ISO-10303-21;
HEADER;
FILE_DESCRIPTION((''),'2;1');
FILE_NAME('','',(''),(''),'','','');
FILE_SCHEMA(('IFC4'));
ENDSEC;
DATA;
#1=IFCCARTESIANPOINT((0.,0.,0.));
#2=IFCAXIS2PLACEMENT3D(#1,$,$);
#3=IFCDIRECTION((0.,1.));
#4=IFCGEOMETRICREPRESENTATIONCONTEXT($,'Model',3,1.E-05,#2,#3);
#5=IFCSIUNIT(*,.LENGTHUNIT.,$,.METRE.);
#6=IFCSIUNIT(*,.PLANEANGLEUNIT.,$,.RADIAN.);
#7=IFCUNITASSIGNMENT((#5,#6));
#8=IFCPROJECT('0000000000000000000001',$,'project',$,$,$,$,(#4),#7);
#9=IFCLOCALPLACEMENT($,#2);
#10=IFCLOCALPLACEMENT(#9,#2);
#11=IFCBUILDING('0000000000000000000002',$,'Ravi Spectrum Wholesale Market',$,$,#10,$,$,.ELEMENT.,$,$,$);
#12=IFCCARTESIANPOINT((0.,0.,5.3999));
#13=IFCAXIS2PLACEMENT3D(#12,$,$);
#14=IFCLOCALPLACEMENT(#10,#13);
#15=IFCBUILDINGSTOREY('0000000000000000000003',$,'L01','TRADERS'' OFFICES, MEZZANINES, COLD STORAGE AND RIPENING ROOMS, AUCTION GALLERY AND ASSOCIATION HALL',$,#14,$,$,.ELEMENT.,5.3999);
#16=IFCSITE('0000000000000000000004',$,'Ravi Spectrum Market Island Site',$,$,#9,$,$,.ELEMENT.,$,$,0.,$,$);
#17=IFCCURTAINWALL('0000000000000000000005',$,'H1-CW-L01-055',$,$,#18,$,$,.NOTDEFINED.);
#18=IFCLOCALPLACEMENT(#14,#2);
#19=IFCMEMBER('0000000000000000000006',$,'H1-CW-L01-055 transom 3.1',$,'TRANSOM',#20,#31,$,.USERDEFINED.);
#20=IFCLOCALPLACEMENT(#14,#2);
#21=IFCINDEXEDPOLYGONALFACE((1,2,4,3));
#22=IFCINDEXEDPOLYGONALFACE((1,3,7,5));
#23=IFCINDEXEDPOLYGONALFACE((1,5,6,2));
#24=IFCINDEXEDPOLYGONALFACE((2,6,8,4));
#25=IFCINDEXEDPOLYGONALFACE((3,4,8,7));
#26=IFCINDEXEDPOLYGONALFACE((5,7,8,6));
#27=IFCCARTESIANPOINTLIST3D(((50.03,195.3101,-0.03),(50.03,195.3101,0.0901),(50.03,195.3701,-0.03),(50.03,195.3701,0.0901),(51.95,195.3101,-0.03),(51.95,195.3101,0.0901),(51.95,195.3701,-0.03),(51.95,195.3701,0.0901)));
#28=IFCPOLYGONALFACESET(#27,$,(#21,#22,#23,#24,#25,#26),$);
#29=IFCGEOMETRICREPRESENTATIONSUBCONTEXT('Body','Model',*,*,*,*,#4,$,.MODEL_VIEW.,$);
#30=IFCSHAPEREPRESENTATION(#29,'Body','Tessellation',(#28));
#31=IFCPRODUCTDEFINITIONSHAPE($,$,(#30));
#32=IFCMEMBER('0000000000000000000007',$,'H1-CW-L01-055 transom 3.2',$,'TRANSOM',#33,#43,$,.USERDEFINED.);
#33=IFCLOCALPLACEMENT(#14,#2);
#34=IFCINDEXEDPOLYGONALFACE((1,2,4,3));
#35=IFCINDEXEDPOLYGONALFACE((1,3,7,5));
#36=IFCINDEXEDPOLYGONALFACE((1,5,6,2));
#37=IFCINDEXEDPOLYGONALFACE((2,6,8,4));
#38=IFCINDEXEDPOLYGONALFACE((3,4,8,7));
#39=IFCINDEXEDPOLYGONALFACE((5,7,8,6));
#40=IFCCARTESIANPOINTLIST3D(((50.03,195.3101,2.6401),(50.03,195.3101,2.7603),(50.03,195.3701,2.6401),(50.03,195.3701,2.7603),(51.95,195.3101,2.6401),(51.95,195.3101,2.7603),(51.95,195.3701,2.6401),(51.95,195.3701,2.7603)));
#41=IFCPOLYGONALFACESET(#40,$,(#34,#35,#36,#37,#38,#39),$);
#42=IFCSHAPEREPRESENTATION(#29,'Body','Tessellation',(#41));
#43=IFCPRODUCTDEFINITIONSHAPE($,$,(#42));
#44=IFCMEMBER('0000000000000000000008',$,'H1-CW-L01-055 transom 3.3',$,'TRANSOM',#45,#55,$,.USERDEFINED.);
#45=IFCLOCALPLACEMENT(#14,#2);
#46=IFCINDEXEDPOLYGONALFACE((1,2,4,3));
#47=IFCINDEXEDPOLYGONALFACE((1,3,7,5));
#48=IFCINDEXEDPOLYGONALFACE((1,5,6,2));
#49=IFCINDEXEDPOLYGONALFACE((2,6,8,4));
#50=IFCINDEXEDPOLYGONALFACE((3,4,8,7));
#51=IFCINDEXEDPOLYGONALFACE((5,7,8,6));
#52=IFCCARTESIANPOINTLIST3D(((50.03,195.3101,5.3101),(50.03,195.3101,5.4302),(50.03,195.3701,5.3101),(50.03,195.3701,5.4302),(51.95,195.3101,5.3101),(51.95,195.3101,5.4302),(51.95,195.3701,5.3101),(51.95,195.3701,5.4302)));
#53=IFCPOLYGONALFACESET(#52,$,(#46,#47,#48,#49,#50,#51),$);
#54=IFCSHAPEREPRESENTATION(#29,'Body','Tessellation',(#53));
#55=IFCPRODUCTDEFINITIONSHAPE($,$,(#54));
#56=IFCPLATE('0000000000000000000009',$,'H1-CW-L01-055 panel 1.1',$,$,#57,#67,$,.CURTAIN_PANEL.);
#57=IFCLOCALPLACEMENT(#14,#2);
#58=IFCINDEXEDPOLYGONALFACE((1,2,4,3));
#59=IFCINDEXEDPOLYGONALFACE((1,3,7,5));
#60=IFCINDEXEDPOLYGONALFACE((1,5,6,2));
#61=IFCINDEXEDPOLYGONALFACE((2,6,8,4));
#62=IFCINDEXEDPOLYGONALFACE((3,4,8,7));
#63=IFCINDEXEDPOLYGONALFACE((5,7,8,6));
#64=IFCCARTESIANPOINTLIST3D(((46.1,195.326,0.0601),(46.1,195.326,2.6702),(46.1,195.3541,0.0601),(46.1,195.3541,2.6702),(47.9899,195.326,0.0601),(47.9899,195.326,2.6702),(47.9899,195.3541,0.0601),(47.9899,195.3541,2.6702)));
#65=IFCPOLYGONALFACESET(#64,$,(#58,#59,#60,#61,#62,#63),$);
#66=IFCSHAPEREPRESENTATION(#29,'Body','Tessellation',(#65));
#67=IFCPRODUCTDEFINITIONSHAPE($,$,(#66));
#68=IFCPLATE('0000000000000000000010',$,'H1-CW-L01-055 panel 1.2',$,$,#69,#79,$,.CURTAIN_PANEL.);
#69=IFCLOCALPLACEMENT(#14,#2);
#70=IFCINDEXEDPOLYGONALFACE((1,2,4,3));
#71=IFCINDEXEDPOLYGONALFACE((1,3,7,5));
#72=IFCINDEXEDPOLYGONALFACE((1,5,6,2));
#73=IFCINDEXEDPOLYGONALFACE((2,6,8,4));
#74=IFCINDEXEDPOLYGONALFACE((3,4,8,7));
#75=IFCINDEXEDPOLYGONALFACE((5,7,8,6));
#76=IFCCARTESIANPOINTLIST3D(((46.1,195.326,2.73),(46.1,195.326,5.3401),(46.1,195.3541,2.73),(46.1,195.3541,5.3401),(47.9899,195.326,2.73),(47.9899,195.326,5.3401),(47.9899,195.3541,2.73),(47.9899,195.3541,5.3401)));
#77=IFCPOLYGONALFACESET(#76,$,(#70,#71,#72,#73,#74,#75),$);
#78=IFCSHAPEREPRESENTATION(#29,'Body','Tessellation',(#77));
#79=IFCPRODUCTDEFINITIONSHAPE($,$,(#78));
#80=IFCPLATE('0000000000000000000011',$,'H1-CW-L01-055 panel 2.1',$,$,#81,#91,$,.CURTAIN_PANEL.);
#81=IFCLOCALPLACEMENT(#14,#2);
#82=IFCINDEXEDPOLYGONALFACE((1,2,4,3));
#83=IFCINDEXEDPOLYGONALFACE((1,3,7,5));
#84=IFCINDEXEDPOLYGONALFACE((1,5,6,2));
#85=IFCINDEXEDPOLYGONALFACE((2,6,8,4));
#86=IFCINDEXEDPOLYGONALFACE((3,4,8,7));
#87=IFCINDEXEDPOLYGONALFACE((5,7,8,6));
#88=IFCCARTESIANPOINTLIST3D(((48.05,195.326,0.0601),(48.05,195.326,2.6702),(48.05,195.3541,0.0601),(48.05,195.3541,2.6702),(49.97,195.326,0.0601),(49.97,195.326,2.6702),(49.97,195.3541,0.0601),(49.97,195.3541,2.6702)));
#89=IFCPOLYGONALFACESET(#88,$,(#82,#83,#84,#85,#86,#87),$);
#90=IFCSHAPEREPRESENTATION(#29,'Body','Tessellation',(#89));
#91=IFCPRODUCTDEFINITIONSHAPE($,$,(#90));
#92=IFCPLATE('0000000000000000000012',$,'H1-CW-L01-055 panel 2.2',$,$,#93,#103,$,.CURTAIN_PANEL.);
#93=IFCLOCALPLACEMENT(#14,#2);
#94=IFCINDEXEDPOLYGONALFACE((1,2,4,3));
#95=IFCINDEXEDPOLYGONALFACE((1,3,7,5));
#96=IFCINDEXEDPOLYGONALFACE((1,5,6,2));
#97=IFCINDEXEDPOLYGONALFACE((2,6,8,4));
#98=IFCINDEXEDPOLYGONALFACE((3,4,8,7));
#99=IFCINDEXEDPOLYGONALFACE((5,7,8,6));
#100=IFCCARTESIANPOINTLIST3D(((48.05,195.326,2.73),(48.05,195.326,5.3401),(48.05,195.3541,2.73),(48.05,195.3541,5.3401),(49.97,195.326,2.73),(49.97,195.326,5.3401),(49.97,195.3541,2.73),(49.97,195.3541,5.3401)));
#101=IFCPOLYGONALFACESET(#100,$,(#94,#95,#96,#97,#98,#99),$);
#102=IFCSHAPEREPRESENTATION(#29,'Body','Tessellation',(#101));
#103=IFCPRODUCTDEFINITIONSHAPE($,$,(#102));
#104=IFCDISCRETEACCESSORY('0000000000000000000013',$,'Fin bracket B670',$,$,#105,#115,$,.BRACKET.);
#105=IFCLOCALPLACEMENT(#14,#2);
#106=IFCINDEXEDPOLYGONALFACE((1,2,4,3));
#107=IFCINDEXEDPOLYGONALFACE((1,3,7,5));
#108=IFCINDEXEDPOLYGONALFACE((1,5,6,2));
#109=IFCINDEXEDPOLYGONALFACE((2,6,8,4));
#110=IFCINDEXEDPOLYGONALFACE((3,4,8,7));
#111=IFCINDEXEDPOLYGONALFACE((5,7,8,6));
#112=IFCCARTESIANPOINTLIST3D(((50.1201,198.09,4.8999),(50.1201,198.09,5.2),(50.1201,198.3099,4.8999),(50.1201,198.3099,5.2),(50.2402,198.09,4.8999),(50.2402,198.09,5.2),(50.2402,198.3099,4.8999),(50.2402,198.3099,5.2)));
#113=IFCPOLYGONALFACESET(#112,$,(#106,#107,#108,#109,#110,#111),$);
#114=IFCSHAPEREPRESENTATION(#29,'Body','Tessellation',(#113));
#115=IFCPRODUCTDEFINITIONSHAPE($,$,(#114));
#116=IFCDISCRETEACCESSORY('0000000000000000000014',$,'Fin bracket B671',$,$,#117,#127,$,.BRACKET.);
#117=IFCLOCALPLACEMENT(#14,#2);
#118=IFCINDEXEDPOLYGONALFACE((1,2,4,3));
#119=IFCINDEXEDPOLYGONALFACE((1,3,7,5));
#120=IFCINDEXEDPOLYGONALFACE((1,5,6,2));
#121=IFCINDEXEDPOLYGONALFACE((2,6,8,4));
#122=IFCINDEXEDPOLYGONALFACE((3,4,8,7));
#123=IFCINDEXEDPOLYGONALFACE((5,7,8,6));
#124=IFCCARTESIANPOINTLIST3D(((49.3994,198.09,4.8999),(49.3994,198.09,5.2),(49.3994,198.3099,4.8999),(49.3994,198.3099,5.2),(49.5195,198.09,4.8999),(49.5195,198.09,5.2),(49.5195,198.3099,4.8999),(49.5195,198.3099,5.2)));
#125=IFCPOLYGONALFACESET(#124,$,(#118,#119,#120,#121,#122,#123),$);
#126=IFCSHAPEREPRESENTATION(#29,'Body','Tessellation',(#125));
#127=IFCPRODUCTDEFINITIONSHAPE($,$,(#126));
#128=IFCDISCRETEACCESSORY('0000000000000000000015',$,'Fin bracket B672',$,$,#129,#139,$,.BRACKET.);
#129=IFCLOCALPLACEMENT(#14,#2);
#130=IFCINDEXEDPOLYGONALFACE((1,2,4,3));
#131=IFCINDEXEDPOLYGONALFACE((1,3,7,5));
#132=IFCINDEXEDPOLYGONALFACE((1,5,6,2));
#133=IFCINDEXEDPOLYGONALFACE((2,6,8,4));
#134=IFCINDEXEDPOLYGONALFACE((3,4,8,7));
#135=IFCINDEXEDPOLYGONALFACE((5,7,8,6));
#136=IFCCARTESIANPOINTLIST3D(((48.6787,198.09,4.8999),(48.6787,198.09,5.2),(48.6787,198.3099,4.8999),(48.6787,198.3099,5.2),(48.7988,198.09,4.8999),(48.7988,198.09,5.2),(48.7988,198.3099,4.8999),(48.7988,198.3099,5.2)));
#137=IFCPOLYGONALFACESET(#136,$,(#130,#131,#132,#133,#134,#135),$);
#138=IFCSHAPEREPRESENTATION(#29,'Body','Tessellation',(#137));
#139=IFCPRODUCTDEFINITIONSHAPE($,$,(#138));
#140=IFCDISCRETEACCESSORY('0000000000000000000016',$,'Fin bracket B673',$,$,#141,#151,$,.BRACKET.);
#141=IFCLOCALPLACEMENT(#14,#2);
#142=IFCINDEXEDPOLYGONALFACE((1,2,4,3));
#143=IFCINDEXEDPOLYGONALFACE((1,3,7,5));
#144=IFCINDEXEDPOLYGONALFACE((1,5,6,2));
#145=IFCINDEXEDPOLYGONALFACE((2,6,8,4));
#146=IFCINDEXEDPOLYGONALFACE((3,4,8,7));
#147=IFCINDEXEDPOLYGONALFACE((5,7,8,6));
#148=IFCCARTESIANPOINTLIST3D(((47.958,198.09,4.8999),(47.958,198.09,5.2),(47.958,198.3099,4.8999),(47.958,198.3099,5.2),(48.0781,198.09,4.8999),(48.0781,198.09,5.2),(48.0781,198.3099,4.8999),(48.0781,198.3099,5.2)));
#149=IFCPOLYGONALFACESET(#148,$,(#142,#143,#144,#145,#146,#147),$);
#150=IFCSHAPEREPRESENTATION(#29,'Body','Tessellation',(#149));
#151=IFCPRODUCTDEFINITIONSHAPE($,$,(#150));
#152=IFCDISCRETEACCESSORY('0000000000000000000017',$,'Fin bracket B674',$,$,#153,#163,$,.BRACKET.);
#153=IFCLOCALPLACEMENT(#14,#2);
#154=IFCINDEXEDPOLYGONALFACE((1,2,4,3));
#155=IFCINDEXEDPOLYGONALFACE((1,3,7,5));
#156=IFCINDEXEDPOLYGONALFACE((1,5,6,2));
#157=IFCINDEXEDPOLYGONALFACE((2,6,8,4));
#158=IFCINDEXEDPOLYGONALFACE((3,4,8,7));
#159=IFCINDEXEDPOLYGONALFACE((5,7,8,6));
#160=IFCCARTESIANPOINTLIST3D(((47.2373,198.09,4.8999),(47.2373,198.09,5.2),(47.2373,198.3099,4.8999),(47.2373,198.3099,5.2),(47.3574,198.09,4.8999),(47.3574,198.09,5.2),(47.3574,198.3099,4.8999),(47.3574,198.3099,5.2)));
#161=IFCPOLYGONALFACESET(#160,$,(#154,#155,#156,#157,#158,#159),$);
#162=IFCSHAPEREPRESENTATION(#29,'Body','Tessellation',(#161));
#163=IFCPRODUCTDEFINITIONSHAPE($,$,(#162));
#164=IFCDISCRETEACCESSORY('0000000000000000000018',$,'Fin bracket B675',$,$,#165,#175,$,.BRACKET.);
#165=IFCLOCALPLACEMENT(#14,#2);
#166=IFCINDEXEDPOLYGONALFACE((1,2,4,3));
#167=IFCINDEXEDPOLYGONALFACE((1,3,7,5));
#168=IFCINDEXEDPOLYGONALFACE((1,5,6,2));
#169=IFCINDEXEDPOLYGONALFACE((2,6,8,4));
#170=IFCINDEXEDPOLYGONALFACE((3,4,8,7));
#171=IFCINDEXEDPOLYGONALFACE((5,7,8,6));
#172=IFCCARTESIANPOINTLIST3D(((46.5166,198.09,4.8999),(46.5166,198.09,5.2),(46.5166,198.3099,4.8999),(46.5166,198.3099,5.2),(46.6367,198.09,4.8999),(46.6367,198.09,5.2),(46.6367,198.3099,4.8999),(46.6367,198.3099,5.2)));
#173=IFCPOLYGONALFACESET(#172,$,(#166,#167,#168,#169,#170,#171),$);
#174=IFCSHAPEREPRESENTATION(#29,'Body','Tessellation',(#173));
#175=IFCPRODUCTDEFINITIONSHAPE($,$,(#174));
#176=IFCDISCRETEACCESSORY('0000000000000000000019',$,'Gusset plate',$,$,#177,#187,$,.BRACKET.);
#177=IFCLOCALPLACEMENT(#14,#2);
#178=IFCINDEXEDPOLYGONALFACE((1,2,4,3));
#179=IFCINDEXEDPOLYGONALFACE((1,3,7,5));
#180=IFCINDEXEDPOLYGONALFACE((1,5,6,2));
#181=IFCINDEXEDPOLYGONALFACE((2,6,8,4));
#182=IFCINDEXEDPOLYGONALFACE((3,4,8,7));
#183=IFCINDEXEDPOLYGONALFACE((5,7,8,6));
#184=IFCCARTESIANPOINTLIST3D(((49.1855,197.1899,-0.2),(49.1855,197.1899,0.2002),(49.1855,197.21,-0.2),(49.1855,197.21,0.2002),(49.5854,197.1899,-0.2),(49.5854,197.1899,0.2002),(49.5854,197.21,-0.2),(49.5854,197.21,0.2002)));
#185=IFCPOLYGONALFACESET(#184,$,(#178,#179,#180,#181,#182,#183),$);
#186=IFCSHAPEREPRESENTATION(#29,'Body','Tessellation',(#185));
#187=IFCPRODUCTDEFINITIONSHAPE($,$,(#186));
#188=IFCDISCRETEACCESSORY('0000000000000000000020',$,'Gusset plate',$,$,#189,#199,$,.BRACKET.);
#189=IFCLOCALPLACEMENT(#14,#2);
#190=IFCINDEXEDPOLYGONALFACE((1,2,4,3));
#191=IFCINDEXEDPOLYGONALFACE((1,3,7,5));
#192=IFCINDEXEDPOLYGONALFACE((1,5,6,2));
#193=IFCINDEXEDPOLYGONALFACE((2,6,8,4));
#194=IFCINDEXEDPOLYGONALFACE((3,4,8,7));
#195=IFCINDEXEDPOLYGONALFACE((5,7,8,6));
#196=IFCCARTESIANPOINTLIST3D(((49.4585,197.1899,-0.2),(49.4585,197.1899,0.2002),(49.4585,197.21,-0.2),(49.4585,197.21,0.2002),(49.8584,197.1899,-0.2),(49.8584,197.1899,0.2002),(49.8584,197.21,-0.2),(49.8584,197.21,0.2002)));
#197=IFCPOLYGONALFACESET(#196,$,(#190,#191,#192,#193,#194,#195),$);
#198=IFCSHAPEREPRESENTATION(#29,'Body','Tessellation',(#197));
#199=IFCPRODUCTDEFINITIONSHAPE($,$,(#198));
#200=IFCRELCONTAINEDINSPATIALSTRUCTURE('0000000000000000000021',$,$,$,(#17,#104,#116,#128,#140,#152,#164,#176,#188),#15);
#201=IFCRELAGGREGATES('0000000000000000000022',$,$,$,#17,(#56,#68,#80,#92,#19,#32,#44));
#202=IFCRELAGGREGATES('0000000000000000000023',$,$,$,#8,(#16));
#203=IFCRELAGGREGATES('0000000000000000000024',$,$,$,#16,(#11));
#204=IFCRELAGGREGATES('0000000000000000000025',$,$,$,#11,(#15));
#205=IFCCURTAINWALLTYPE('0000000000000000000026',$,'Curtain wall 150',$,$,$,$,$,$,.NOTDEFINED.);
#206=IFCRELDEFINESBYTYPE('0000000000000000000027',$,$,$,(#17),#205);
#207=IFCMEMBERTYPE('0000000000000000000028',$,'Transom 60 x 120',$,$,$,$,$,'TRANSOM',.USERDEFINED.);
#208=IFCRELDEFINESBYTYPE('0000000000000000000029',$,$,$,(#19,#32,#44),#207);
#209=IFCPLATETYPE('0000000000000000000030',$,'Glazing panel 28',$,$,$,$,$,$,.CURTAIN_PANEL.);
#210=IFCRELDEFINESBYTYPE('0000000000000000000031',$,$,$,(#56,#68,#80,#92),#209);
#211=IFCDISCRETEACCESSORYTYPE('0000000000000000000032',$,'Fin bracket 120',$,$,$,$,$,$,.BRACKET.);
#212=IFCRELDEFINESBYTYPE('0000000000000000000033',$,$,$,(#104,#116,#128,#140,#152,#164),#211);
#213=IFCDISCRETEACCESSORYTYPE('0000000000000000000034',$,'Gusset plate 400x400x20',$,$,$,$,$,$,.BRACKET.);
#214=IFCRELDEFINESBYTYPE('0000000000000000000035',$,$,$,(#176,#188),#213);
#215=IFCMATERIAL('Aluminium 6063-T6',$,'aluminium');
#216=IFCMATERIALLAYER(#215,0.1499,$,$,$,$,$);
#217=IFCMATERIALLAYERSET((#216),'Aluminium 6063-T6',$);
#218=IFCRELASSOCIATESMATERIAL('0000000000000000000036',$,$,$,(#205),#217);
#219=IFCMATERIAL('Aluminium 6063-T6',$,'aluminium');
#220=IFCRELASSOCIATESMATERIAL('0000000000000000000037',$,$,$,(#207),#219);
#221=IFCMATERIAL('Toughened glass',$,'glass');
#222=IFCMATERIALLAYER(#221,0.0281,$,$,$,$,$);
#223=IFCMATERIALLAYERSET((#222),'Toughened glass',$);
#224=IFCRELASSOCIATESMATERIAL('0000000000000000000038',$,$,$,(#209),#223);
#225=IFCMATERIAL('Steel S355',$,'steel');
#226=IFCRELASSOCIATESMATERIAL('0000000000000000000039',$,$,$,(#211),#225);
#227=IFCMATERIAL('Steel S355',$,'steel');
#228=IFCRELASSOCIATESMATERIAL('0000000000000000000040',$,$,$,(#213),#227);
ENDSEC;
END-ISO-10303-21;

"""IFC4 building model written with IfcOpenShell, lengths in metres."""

from ifc_helpers import new_model, si_unit, direction, frame, origin, origin_2d, place, context, subcontext, project, spatial, rectangle, extrude, material, layer, layer_set, material_profile, profile_set, type_object, element, aggregate, save


model = new_model("IFC4")

# Units and contexts
model_context = context("Model", 3, precision=1e-05, world=origin(), true_north=direction((0.0, 1.0)))
body_context = subcontext(model_context, "Body", "Model", "MODEL_VIEW")
ifc_project = project(units=[si_unit("LENGTHUNIT", "METRE"), si_unit("PLANEANGLEUNIT", "RADIAN")], contexts=[model_context])

# Site, building, storey
site_placement = place(None, origin())
site = spatial("IfcSite", under=ifc_project, at=site_placement, Name="Ravi Spectrum Market Island Site", CompositionType="ELEMENT", RefElevation=0.0)
building_placement = place(site_placement, origin())
building = spatial("IfcBuilding", under=site, at=building_placement, Name="Ravi Spectrum Wholesale Market", CompositionType="ELEMENT")
storey_placement = place(building_placement, frame((0.0, 0.0, 5.3999)))
storey = spatial("IfcBuildingStorey", under=building, at=storey_placement, Name="L01", Description="TRADERS' OFFICES, MEZZANINES, COLD STORAGE AND RIPENING ROOMS, AUCTION GALLERY AND ASSOCIATION HALL", CompositionType="ELEMENT", Elevation=5.3999)

# Curtain wall
ifc_material_1 = material(Name="Aluminium 6063-T6", Category="aluminium")
ifc_layer_1 = layer(ifc_material_1, 0.1499)
ifc_layer_set_1 = layer_set([ifc_layer_1], Name="Aluminium 6063-T6")
curtain_wall_type = type_object("IfcCurtainWallType", Name="Curtain wall 150", PredefinedType="NOTDEFINED", material=ifc_layer_set_1)
curtain_wall_placement = place(storey_placement, origin())
curtain_wall = element("IfcCurtainWall", 1, at=curtain_wall_placement, inside=storey, type_object=curtain_wall_type, Name="H1-CW-L01-055", PredefinedType="NOTDEFINED")

# Members
ifc_material_2 = material(Name="Aluminium 6063-T6", Category="aluminium")
ifc_material_profile_1 = material_profile(ifc_material_2, rectangle(XDim=0.0601, YDim=0.1201, at=origin_2d()))
ifc_profile_set_1 = profile_set([ifc_material_profile_1], Name="Aluminium 6063-T6")
member_type_1 = type_object("IfcMemberType", Name="Transom 60 x 120", ElementType="TRANSOM", PredefinedType="USERDEFINED", material=ifc_profile_set_1)
member_1_placement = place(storey_placement, frame((50.03, 195.3401, 0.03), z_axis=(1.0, 0.0, 0.0), x_axis=(0.0, 1.0, 0.0)))
member_1 = element("IfcMember", 2, at=member_1_placement, type_object=member_type_1, Name="H1-CW-L01-055 transom 3.1", ObjectType="TRANSOM", PredefinedType="USERDEFINED", context=body_context, shape_type="SweptSolid", body=[
    extrude(rectangle(XDim=0.0601, YDim=0.1201, at=origin_2d()), origin(), (0.0, 0.0, 1.0), 1.9199),
])
member_2_placement = place(storey_placement, frame((50.03, 195.3401, 2.7002), z_axis=(1.0, 0.0, 0.0), x_axis=(0.0, 1.0, 0.0)))
member_2 = element("IfcMember", 3, at=member_2_placement, type_object=member_type_1, Name="H1-CW-L01-055 transom 3.2", ObjectType="TRANSOM", PredefinedType="USERDEFINED", context=body_context, shape_type="SweptSolid", body=[
    extrude(rectangle(XDim=0.0601, YDim=0.1201, at=origin_2d()), origin(), (0.0, 0.0, 1.0), 1.9199),
])
member_3_placement = place(storey_placement, frame((50.03, 195.3401, 5.3701), z_axis=(1.0, 0.0, 0.0), x_axis=(0.0, 1.0, 0.0)))
member_3 = element("IfcMember", 4, at=member_3_placement, type_object=member_type_1, Name="H1-CW-L01-055 transom 3.3", ObjectType="TRANSOM", PredefinedType="USERDEFINED", context=body_context, shape_type="SweptSolid", body=[
    extrude(rectangle(XDim=0.0601, YDim=0.1201, at=origin_2d()), origin(), (0.0, 0.0, 1.0), 1.9199),
])

# Plates
ifc_material_3 = material(Name="Toughened glass", Category="glass")
ifc_layer_2 = layer(ifc_material_3, 0.0281)
ifc_layer_set_2 = layer_set([ifc_layer_2], Name="Toughened glass")
plate_type = type_object("IfcPlateType", Name="Glazing panel 28", PredefinedType="CURTAIN_PANEL", material=ifc_layer_set_2)
plate_1_placement = place(storey_placement, frame((47.0449, 195.3401, 0.0601), z_axis=(0.0, 0.0, 1.0), x_axis=(1.0, 0.0, 0.0)))
plate_1 = element("IfcPlate", 5, at=plate_1_placement, type_object=plate_type, Name="H1-CW-L01-055 panel 1.1", PredefinedType="CURTAIN_PANEL", context=body_context, shape_type="SweptSolid", body=[
    extrude(rectangle(XDim=1.8899, YDim=0.0281, at=origin_2d()), origin(), (0.0, 0.0, 1.0), 2.6101),
])
plate_2_placement = place(storey_placement, frame((47.0449, 195.3401, 2.73), z_axis=(0.0, 0.0, 1.0), x_axis=(1.0, 0.0, 0.0)))
plate_2 = element("IfcPlate", 6, at=plate_2_placement, type_object=plate_type, Name="H1-CW-L01-055 panel 1.2", PredefinedType="CURTAIN_PANEL", context=body_context, shape_type="SweptSolid", body=[
    extrude(rectangle(XDim=1.8899, YDim=0.0281, at=origin_2d()), origin(), (0.0, 0.0, 1.0), 2.6101),
])
plate_3_placement = place(storey_placement, frame((49.01, 195.3401, 0.0601), z_axis=(0.0, 0.0, 1.0), x_axis=(1.0, 0.0, 0.0)))
plate_3 = element("IfcPlate", 7, at=plate_3_placement, type_object=plate_type, Name="H1-CW-L01-055 panel 2.1", PredefinedType="CURTAIN_PANEL", context=body_context, shape_type="SweptSolid", body=[
    extrude(rectangle(XDim=1.9199, YDim=0.0281, at=origin_2d()), origin(), (0.0, 0.0, 1.0), 2.6101),
])
plate_4_placement = place(storey_placement, frame((49.01, 195.3401, 2.73), z_axis=(0.0, 0.0, 1.0), x_axis=(1.0, 0.0, 0.0)))
plate_4 = element("IfcPlate", 8, at=plate_4_placement, type_object=plate_type, Name="H1-CW-L01-055 panel 2.2", PredefinedType="CURTAIN_PANEL", context=body_context, shape_type="SweptSolid", body=[
    extrude(rectangle(XDim=1.9199, YDim=0.0281, at=origin_2d()), origin(), (0.0, 0.0, 1.0), 2.6101),
])
aggregate(curtain_wall, [plate_1, plate_2, plate_3, plate_4, member_1, member_2, member_3])

# Discrete accessories
ifc_material_4 = material(Name="Steel S355", Category="steel")
discrete_accessory_type_1 = type_object("IfcDiscreteAccessoryType", Name="Fin bracket 120", PredefinedType="BRACKET", material=ifc_material_4)
for number, where, z_axis, x_axis, name in (
    (9, (50.1802, 198.2, 4.8999), (0.0, 0.0, 1.0), (-1.0, 0.0, 0.0), "Fin bracket B670"),
    (10, (49.4595, 198.2, 4.8999), (0.0, 0.0, 1.0), (-1.0, 0.0, 0.0), "Fin bracket B671"),
    (11, (48.7388, 198.2, 4.8999), (0.0, 0.0, 1.0), (-1.0, 0.0, 0.0), "Fin bracket B672"),
    (12, (48.0181, 198.2, 4.8999), (0.0, 0.0, 1.0), (-1.0, 0.0, 0.0), "Fin bracket B673"),
    (13, (47.2974, 198.2, 4.8999), (0.0, 0.0, 1.0), (-1.0, 0.0, 0.0), "Fin bracket B674"),
    (14, (46.5767, 198.2, 4.8999), (0.0, 0.0, 1.0), (-1.0, 0.0, 0.0), "Fin bracket B675"),
):
    element("IfcDiscreteAccessory", number, at=place(storey_placement, frame(where, z_axis=z_axis, x_axis=x_axis)), inside=storey, type_object=discrete_accessory_type_1, Name=name, PredefinedType="BRACKET", context=body_context, shape_type="SweptSolid", body=[
        extrude(rectangle(XDim=0.1201, YDim=0.22, at=origin_2d()), origin(), (0.0, 0.0, 1.0), 0.3),
    ])
ifc_material_5 = material(Name="Steel S355", Category="steel")
ifc_material_profile_2 = material_profile(ifc_material_5, rectangle(XDim=0.3999, YDim=0.02, at=origin_2d()))
ifc_profile_set_2 = profile_set([ifc_material_profile_2], Name="Steel S355")
discrete_accessory_type_2 = type_object("IfcDiscreteAccessoryType", Name="Gusset plate 400x400x20", PredefinedType="BRACKET", material=ifc_profile_set_2)
for number, where, z_axis, x_axis, name in (
    (15, (49.3855, 197.2, -0.2), (0.0, 0.0, 1.0), (1.0, 0.0, 0.0), "Gusset plate"),
    (16, (49.6584, 197.2, -0.2), (0.0, 0.0, 1.0), (1.0, 0.0, 0.0), "Gusset plate"),
):
    element("IfcDiscreteAccessory", number, at=place(storey_placement, frame(where, z_axis=z_axis, x_axis=x_axis)), inside=storey, type_object=discrete_accessory_type_2, Name=name, PredefinedType="BRACKET", context=body_context, shape_type="SweptSolid", body=[
        extrude(rectangle(XDim=0.3999, YDim=0.02, at=origin_2d()), origin(), (0.0, 0.0, 1.0), 0.4001),
    ])

save(model, "model.ifc")
